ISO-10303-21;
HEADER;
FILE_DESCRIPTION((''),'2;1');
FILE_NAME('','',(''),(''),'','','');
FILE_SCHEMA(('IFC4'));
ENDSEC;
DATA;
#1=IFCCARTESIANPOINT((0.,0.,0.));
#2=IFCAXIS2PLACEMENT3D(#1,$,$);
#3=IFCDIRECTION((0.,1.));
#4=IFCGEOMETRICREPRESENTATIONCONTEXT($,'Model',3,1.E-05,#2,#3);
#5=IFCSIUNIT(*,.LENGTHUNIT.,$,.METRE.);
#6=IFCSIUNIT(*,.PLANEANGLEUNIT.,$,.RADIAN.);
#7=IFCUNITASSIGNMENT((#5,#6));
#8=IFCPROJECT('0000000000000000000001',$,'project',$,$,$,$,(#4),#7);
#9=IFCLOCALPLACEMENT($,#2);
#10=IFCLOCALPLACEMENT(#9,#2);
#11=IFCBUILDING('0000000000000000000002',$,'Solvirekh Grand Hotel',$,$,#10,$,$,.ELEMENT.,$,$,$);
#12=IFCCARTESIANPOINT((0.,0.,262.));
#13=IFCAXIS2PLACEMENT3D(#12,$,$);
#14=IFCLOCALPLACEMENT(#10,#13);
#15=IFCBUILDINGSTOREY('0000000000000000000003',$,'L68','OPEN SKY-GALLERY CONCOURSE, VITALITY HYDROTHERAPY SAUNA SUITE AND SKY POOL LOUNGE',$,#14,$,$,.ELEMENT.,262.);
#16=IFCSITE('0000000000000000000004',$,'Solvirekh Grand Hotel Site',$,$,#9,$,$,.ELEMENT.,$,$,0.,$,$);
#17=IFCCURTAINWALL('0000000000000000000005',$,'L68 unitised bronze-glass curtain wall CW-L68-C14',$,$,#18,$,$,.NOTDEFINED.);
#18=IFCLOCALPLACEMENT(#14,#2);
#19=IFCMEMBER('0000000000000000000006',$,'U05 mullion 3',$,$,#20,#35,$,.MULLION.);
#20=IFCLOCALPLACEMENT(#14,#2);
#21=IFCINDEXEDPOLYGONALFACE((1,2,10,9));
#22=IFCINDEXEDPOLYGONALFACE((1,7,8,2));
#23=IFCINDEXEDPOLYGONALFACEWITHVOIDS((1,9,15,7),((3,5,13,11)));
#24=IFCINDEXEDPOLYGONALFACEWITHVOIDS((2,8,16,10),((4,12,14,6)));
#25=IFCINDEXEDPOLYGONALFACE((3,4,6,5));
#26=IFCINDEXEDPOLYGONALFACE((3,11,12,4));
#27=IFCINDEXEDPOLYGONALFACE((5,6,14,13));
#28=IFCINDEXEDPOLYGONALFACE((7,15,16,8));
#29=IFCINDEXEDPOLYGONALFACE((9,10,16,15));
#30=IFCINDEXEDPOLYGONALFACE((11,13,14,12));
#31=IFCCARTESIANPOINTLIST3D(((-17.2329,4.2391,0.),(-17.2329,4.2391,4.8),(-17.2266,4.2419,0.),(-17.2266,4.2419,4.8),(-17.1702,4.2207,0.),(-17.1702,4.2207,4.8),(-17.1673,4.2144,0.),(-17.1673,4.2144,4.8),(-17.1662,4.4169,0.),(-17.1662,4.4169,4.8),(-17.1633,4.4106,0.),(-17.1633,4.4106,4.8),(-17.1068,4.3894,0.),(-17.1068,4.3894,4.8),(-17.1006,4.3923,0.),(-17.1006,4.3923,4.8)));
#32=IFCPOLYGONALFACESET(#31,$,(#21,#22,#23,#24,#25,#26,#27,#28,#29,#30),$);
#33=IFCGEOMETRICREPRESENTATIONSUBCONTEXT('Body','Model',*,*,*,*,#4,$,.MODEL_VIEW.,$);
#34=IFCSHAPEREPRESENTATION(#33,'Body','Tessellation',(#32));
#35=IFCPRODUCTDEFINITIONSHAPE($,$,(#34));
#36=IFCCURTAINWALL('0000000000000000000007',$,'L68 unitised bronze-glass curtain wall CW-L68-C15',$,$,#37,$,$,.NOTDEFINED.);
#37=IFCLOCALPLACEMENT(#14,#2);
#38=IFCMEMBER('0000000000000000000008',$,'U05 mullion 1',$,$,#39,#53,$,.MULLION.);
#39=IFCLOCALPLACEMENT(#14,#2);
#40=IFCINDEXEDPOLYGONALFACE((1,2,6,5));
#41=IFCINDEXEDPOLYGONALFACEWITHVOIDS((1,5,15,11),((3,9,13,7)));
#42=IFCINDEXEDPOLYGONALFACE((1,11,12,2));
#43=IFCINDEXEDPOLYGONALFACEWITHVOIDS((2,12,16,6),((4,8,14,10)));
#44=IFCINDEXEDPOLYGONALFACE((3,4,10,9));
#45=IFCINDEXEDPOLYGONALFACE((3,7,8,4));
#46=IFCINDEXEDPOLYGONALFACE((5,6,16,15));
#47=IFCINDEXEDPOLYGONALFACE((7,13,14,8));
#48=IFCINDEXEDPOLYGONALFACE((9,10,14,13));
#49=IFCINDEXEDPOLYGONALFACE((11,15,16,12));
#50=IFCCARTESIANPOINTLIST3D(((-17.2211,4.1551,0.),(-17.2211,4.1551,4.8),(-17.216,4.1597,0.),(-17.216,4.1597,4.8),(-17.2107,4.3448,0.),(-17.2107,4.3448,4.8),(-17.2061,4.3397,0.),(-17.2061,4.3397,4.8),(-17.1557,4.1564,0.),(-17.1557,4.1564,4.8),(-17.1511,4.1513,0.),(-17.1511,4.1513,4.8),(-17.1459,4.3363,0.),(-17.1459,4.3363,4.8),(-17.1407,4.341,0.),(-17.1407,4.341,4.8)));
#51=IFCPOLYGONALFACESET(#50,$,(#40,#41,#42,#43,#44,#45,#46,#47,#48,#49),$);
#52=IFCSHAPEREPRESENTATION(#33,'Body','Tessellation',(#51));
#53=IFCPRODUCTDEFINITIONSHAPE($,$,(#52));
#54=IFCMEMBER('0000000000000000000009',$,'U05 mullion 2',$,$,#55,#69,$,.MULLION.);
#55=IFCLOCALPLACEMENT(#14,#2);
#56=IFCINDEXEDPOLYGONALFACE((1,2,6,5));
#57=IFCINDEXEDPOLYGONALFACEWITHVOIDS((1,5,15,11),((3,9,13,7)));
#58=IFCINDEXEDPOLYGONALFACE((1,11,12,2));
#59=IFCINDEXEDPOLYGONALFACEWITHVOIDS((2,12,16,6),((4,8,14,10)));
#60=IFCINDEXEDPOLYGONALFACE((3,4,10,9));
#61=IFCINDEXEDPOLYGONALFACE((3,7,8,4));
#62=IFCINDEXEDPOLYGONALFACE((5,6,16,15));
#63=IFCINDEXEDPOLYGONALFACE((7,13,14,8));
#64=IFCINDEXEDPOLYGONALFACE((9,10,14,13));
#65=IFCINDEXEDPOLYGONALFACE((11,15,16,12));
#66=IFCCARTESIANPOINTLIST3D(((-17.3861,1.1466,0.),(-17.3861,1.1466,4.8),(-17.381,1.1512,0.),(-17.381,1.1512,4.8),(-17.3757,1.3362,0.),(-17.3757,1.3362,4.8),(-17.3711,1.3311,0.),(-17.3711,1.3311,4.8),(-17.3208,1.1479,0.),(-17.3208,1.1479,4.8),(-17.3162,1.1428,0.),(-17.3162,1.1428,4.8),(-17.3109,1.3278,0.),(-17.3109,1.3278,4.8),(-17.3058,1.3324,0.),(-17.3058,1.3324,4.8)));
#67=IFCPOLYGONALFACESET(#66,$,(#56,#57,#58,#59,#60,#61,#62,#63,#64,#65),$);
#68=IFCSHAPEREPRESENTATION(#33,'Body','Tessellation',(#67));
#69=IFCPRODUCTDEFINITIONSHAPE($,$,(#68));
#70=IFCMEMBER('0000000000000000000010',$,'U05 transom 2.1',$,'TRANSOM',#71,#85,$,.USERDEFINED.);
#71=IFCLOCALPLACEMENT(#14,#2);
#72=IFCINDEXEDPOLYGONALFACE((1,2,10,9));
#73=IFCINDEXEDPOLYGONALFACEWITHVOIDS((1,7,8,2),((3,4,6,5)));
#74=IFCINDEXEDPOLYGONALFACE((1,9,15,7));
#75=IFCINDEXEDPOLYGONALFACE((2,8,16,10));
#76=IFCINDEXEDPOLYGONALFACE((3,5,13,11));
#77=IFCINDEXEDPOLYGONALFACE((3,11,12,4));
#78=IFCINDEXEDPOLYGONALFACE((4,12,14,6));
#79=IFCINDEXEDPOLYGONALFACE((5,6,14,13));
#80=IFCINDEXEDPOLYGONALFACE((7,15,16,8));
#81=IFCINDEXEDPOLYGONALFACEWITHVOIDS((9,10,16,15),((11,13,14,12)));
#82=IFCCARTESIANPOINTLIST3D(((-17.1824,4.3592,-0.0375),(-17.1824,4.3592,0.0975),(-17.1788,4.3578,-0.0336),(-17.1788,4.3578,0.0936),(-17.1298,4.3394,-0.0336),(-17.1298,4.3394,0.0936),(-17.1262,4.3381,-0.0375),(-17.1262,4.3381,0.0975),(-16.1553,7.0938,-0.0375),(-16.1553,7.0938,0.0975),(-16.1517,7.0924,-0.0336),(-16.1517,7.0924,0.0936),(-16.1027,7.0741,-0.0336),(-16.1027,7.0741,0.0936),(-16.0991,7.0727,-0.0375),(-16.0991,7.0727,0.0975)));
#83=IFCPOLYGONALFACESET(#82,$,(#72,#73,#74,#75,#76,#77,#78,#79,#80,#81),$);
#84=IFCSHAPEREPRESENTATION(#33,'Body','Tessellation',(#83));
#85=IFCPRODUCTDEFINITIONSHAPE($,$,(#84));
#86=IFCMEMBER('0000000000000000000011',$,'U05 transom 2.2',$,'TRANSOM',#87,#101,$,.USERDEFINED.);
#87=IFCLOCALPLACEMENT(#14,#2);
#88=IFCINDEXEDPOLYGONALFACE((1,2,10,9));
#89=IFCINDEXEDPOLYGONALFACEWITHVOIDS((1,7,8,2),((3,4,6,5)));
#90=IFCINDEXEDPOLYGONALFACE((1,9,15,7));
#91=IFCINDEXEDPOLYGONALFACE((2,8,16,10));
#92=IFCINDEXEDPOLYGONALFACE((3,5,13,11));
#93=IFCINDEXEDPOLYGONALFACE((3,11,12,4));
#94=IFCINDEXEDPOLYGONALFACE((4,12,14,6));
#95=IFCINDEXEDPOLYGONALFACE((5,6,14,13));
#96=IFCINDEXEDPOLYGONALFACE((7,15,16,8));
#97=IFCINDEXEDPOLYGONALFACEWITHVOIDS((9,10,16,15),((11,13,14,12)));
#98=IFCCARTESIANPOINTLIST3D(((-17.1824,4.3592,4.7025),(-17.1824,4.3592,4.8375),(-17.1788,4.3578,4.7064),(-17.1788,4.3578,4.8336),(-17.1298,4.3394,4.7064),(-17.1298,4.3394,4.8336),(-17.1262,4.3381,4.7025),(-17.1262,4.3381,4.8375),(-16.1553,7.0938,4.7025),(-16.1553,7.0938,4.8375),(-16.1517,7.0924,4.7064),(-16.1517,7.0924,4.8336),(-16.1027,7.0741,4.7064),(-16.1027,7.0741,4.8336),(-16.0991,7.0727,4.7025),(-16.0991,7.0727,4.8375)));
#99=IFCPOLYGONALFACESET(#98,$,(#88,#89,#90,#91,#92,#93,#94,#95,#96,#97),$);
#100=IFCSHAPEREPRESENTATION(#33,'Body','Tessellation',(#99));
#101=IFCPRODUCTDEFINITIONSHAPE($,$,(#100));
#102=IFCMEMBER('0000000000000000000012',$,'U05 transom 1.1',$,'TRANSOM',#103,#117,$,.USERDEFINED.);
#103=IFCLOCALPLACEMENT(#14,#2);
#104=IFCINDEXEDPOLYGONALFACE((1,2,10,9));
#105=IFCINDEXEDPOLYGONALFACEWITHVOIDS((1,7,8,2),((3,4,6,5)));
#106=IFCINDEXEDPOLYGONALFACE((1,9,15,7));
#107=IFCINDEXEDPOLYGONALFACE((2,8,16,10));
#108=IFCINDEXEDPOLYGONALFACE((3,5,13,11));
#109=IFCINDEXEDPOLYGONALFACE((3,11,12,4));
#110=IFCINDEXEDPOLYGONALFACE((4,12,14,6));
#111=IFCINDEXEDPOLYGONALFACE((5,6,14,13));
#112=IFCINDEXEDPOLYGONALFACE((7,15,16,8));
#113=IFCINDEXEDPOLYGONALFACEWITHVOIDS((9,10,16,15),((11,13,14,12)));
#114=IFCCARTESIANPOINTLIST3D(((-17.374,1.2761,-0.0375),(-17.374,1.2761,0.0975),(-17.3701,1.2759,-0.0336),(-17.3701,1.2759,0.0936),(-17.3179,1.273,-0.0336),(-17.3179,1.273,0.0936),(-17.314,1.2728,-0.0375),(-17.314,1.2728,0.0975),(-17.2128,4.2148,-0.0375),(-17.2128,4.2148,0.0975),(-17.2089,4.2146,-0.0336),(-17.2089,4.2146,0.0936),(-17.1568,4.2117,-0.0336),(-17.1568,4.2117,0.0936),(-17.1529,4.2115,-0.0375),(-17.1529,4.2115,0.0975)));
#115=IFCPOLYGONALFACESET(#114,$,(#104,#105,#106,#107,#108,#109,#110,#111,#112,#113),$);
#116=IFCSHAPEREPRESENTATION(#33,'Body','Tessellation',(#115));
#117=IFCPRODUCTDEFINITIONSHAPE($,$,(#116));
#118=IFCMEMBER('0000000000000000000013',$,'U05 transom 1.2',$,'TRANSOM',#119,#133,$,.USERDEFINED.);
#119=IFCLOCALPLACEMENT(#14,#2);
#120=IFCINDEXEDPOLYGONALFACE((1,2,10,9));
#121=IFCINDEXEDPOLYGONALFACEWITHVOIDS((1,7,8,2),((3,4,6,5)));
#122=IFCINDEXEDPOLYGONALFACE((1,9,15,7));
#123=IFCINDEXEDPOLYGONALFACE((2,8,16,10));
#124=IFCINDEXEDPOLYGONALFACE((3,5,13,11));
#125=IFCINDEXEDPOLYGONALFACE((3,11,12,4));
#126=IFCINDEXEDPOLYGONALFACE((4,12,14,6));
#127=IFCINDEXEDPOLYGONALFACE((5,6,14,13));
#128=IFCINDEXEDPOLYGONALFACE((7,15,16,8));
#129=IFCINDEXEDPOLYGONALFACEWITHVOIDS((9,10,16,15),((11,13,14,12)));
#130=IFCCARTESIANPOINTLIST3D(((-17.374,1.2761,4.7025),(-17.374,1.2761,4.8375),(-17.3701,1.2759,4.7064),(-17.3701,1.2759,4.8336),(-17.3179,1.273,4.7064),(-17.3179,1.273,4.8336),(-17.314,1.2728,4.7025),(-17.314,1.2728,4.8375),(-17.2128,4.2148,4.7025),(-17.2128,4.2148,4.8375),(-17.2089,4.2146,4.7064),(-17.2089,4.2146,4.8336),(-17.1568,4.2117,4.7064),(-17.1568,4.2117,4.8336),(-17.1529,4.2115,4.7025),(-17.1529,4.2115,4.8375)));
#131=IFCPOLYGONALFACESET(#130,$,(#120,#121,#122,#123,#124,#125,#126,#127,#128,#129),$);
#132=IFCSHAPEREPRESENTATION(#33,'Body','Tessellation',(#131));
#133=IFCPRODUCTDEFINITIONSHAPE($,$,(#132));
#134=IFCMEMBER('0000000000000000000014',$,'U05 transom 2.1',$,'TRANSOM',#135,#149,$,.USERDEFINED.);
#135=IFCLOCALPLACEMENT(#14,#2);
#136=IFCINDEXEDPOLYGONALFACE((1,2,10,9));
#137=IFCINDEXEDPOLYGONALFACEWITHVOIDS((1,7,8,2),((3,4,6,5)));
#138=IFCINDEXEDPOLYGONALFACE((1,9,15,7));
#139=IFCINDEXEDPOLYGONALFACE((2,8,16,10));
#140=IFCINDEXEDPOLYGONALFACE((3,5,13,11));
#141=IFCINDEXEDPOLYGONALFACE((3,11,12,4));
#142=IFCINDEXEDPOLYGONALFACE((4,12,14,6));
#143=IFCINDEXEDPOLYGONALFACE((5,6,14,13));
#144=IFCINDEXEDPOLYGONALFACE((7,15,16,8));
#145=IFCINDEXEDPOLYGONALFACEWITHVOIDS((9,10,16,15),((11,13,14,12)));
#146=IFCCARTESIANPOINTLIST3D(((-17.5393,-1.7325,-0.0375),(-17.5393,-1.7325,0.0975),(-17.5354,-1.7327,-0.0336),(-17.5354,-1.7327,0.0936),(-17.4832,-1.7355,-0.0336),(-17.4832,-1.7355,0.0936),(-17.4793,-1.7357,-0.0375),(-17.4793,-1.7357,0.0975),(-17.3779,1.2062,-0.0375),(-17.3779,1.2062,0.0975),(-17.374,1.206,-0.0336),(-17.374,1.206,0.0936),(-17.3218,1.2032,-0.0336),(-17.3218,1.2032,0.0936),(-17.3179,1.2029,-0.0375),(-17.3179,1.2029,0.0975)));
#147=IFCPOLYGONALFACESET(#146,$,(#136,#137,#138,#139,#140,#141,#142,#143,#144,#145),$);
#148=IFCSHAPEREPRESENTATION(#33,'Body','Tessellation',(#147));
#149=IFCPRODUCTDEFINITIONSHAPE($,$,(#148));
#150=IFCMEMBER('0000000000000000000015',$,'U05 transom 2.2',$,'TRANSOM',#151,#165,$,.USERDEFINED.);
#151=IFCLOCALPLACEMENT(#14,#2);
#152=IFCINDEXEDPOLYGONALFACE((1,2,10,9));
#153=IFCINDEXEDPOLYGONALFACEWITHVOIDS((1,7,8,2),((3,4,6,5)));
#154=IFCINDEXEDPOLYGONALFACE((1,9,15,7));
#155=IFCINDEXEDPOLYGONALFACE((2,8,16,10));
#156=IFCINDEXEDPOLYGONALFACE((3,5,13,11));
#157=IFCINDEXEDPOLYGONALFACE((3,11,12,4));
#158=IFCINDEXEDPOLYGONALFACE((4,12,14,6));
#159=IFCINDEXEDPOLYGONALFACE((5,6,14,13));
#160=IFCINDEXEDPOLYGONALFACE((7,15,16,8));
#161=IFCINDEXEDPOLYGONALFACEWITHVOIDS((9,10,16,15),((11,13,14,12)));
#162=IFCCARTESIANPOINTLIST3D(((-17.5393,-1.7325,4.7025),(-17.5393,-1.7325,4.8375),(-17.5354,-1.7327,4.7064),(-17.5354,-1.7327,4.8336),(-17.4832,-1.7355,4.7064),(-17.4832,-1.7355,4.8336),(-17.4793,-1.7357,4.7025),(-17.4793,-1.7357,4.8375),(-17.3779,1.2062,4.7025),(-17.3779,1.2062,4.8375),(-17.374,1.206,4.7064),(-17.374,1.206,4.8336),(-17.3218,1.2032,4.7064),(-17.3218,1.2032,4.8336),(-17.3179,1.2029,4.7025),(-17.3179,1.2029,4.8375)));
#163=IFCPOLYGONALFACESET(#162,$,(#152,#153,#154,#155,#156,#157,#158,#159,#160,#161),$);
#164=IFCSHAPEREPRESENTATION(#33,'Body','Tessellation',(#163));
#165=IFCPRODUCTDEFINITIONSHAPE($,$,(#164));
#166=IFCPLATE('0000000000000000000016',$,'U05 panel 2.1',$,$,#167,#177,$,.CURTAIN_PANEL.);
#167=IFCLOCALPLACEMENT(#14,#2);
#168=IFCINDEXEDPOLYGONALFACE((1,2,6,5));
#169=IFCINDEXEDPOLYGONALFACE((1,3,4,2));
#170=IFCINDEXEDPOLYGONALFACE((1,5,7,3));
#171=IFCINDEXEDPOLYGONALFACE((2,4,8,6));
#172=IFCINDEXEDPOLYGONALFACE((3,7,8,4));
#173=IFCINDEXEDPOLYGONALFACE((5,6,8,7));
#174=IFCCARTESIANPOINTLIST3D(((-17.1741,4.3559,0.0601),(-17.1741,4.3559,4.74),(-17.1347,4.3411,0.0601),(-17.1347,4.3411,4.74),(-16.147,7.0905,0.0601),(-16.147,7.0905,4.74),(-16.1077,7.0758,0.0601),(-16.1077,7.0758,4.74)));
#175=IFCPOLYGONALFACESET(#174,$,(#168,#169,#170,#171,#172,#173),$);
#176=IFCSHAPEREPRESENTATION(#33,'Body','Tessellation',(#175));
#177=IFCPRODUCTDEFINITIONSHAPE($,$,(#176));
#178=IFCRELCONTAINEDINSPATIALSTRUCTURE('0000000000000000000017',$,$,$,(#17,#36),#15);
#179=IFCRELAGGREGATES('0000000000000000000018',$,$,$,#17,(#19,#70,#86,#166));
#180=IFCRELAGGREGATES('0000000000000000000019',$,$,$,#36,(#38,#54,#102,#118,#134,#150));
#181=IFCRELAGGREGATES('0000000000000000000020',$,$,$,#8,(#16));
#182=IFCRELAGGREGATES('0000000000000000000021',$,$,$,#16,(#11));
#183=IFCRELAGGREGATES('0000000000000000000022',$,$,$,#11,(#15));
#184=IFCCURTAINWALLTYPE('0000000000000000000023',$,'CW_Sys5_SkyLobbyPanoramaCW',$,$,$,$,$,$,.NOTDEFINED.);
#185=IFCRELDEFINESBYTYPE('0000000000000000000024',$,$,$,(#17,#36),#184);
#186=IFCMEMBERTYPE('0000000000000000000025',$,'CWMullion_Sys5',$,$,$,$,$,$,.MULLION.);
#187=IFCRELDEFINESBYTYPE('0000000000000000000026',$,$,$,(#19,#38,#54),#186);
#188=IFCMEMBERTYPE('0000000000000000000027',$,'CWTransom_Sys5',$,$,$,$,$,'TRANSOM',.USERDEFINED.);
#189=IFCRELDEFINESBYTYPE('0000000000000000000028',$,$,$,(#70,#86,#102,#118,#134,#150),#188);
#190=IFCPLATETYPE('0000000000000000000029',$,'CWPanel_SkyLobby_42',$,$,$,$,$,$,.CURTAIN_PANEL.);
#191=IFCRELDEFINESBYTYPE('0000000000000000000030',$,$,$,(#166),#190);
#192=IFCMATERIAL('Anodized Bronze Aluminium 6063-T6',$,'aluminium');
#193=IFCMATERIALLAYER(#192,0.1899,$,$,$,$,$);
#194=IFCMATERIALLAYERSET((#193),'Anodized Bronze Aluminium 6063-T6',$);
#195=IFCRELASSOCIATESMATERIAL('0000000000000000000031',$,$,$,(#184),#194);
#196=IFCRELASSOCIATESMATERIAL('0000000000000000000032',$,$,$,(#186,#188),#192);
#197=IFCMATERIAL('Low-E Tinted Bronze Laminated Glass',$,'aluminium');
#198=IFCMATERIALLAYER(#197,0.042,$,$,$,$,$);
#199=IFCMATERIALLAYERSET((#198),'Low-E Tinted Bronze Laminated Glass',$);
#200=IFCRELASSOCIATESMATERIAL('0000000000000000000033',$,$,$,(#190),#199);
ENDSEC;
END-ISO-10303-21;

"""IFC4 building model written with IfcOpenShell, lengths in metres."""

from ifc_helpers import new_model, si_unit, direction, frame, origin, origin_2d, place, context, subcontext, project, spatial, rectangle, hollow_rectangle, extrude, source, transform, mapped, material, layer, layer_set, material_profile, profile_set, type_object, element, aggregate, save


model = new_model("IFC4")

# Units and contexts
model_context = context("Model", 3, precision=1e-05, world=origin(), true_north=direction((0.0, 1.0)))
body_context = subcontext(model_context, "Body", "Model", "MODEL_VIEW")
ifc_project = project(units=[si_unit("LENGTHUNIT", "METRE"), si_unit("PLANEANGLEUNIT", "RADIAN")], contexts=[model_context])

# Site, building, storey
site_placement = place(None, origin())
site = spatial("IfcSite", under=ifc_project, at=site_placement, Name="Solvirekh Grand Hotel Site", CompositionType="ELEMENT", RefElevation=0.0)
building_placement = place(site_placement, origin())
building = spatial("IfcBuilding", under=site, at=building_placement, Name="Solvirekh Grand Hotel", CompositionType="ELEMENT")
storey_placement = place(building_placement, frame((0.0, 0.0, 262.0)))
storey = spatial("IfcBuildingStorey", under=building, at=storey_placement, Name="L68", Description="OPEN SKY-GALLERY CONCOURSE, VITALITY HYDROTHERAPY SAUNA SUITE AND SKY POOL LOUNGE", CompositionType="ELEMENT", Elevation=262.0)

# Curtain wall, member
ifc_material_1 = material(Name="Anodized Bronze Aluminium 6063-T6", Category="aluminium")
ifc_layer_1 = layer(ifc_material_1, 0.1899)
ifc_layer_set_1 = layer_set([ifc_layer_1], Name="Anodized Bronze Aluminium 6063-T6")
curtain_wall_type = type_object("IfcCurtainWallType", Name="CW_Sys5_SkyLobbyPanoramaCW", PredefinedType="NOTDEFINED", material=ifc_layer_set_1)
curtain_wall_1_placement = place(storey_placement, origin())
curtain_wall_1 = element("IfcCurtainWall", 1, at=curtain_wall_1_placement, inside=storey, type_object=curtain_wall_type, Name="L68 unitised bronze-glass curtain wall CW-L68-C14", PredefinedType="NOTDEFINED")
ifc_material_profile_1 = material_profile(ifc_material_1, hollow_rectangle(XDim=0.0701, YDim=0.1899, WallThickness=0.0049, at=origin_2d()), Name="ALU RHS 190X70X5")
ifc_profile_set_1 = profile_set([ifc_material_profile_1], Name="Anodized Bronze Aluminium 6063-T6")
member_type_1 = type_object("IfcMemberType", Name="CWMullion_Sys5", PredefinedType="MULLION", material=ifc_profile_set_1)
shared_shape_1 = source(origin(), body_context, "Body", "SweptSolid", [
    extrude(hollow_rectangle(XDim=0.0701, YDim=0.1899, WallThickness=0.0049, at=origin_2d()), origin(), (0.0, 0.0, 1.0), 4.8),
])
member_1_placement = place(storey_placement, frame((-17.1667, 4.3157, 0.0), z_axis=(0.0, 0.0, 1.0), x_axis=(0.936153, -0.351594, 0.0)))
member_1 = element("IfcMember", 2, at=member_1_placement, type_object=member_type_1, Name="U05 mullion 3", PredefinedType="MULLION", context=body_context, shape_type="MappedRepresentation", body=[
    mapped(shared_shape_1, transform((0.0, 0.0, 0.0), x_axis=(1.0, 0.0, 0.0), y_axis=(0.0, 1.0, 0.0), z_axis=(0.0, 0.0, 1.0), scale=1.0)),
])

# Curtain wall, members
curtain_wall_2_placement = place(storey_placement, origin())
curtain_wall_2 = element("IfcCurtainWall", 3, at=curtain_wall_2_placement, inside=storey, type_object=curtain_wall_type, Name="L68 unitised bronze-glass curtain wall CW-L68-C15", PredefinedType="NOTDEFINED")
member_2_placement = place(storey_placement, frame((-17.1809, 4.248, 0.0), z_axis=(0.0, 0.0, 1.0), x_axis=(0.998498, -0.054789, 0.0)))
member_2 = element("IfcMember", 4, at=member_2_placement, type_object=member_type_1, Name="U05 mullion 1", PredefinedType="MULLION", context=body_context, shape_type="MappedRepresentation", body=[
    mapped(shared_shape_1, transform((0.0, 0.0, 0.0), x_axis=(1.0, 0.0, 0.0), y_axis=(0.0, 1.0, 0.0), z_axis=(0.0, 0.0, 1.0), scale=1.0)),
])
member_3_placement = place(storey_placement, frame((-17.3459, 1.2395, 0.0), z_axis=(0.0, 0.0, 1.0), x_axis=(0.998498, -0.054789, 0.0)))
member_3 = element("IfcMember", 5, at=member_3_placement, type_object=member_type_1, Name="U05 mullion 2", PredefinedType="MULLION", context=body_context, shape_type="MappedRepresentation", body=[
    mapped(shared_shape_1, transform((0.0, 0.0, 0.0), x_axis=(1.0, 0.0, 0.0), y_axis=(0.0, 1.0, 0.0), z_axis=(0.0, 0.0, 1.0), scale=1.0)),
])

# Members
ifc_material_profile_2 = material_profile(ifc_material_1, hollow_rectangle(XDim=0.0601, YDim=0.135, WallThickness=0.0039, at=origin_2d()), Name="ALU RHS 135X60X4")
ifc_profile_set_2 = profile_set([ifc_material_profile_2], Name="Anodized Bronze Aluminium 6063-T6")
member_type_2 = type_object("IfcMemberType", Name="CWTransom_Sys5", ElementType="TRANSOM", PredefinedType="USERDEFINED", material=ifc_profile_set_2)
shared_shape_2 = source(origin(), body_context, "Body", "SweptSolid", [
    extrude(hollow_rectangle(XDim=0.0601, YDim=0.135, WallThickness=0.0039, at=origin_2d()), origin(), (0.0, 0.0, 1.0), 2.9211),
])
member_4_placement = place(storey_placement, frame((-16.1272, 7.0833, 0.03), z_axis=(-0.351609, -0.936147, 0.0), x_axis=(0.936147, -0.351609, 0.0)))
member_4 = element("IfcMember", 6, at=member_4_placement, type_object=member_type_2, Name="U05 transom 2.1", ObjectType="TRANSOM", PredefinedType="USERDEFINED", context=body_context, shape_type="MappedRepresentation", body=[
    mapped(shared_shape_2, transform((0.0, 0.0, 0.0), x_axis=(1.0, 0.0, 0.0), y_axis=(0.0, 1.0, 0.0), z_axis=(0.0, 0.0, 1.0), scale=1.0)),
])
member_5_placement = place(storey_placement, frame((-16.1272, 7.0833, 4.77), z_axis=(-0.351609, -0.936147, 0.0), x_axis=(0.936147, -0.351609, 0.0)))
member_5 = element("IfcMember", 7, at=member_5_placement, type_object=member_type_2, Name="U05 transom 2.2", ObjectType="TRANSOM", PredefinedType="USERDEFINED", context=body_context, shape_type="MappedRepresentation", body=[
    mapped(shared_shape_2, transform((0.0, 0.0, 0.0), x_axis=(1.0, 0.0, 0.0), y_axis=(0.0, 1.0, 0.0), z_axis=(0.0, 0.0, 1.0), scale=1.0)),
])
shared_shape_3 = source(origin(), body_context, "Body", "SweptSolid", [
    extrude(hollow_rectangle(XDim=0.0601, YDim=0.135, WallThickness=0.0039, at=origin_2d()), origin(), (0.0, 0.0, 1.0), 2.9431),
])
member_6_placement = place(storey_placement, frame((-17.1829, 4.2131, 0.03), z_axis=(-0.054749, -0.9985, 0.0), x_axis=(0.9985, -0.054749, 0.0)))
member_6 = element("IfcMember", 8, at=member_6_placement, type_object=member_type_2, Name="U05 transom 1.1", ObjectType="TRANSOM", PredefinedType="USERDEFINED", context=body_context, shape_type="MappedRepresentation", body=[
    mapped(shared_shape_3, transform((0.0, 0.0, 0.0), x_axis=(1.0, 0.0, 0.0), y_axis=(0.0, 1.0, 0.0), z_axis=(0.0, 0.0, 1.0), scale=1.0)),
])
member_7_placement = place(storey_placement, frame((-17.1829, 4.2131, 4.77), z_axis=(-0.054749, -0.9985, 0.0), x_axis=(0.9985, -0.054749, 0.0)))
member_7 = element("IfcMember", 9, at=member_7_placement, type_object=member_type_2, Name="U05 transom 1.2", ObjectType="TRANSOM", PredefinedType="USERDEFINED", context=body_context, shape_type="MappedRepresentation", body=[
    mapped(shared_shape_3, transform((0.0, 0.0, 0.0), x_axis=(1.0, 0.0, 0.0), y_axis=(0.0, 1.0, 0.0), z_axis=(0.0, 0.0, 1.0), scale=1.0)),
])
member_8_placement = place(storey_placement, frame((-17.3479, 1.2046, 0.03), z_axis=(-0.054831, -0.998496, 0.0), x_axis=(0.998496, -0.054831, 0.0)))
member_8 = element("IfcMember", 10, at=member_8_placement, type_object=member_type_2, Name="U05 transom 2.1", ObjectType="TRANSOM", PredefinedType="USERDEFINED", context=body_context, shape_type="MappedRepresentation", body=[
    mapped(shared_shape_3, transform((0.0, 0.0, 0.0), x_axis=(1.0, 0.0, 0.0), y_axis=(0.0, 1.0, 0.0), z_axis=(0.0, 0.0, 1.0), scale=1.0)),
])
member_9_placement = place(storey_placement, frame((-17.3479, 1.2046, 4.77), z_axis=(-0.054831, -0.998496, 0.0), x_axis=(0.998496, -0.054831, 0.0)))
member_9 = element("IfcMember", 11, at=member_9_placement, type_object=member_type_2, Name="U05 transom 2.2", ObjectType="TRANSOM", PredefinedType="USERDEFINED", context=body_context, shape_type="MappedRepresentation", body=[
    mapped(shared_shape_3, transform((0.0, 0.0, 0.0), x_axis=(1.0, 0.0, 0.0), y_axis=(0.0, 1.0, 0.0), z_axis=(0.0, 0.0, 1.0), scale=1.0)),
])

# Plate
ifc_material_2 = material(Name="Low-E Tinted Bronze Laminated Glass", Category="aluminium")
ifc_layer_2 = layer(ifc_material_2, 0.042)
ifc_layer_set_2 = layer_set([ifc_layer_2], Name="Low-E Tinted Bronze Laminated Glass")
plate_type = type_object("IfcPlateType", Name="CWPanel_SkyLobby_42", PredefinedType="CURTAIN_PANEL", material=ifc_layer_set_2)
shared_shape_4 = source(origin(), body_context, "Body", "SweptSolid", [
    extrude(rectangle(XDim=2.9211, YDim=0.042, at=origin_2d()), origin(), (0.0, 0.0, 1.0), 4.6799),
])
plate_1_placement = place(storey_placement, frame((-16.6409, 5.7158, 0.0601), z_axis=(0.0, 0.0, 1.0), x_axis=(-0.351594, -0.936153, 0.0)))
plate_1 = element("IfcPlate", 12, at=plate_1_placement, type_object=plate_type, Name="U05 panel 2.1", PredefinedType="CURTAIN_PANEL", context=body_context, shape_type="MappedRepresentation", body=[
    mapped(shared_shape_4, transform((0.0, 0.0, 0.0), x_axis=(1.0, 0.0, 0.0), y_axis=(0.0, 1.0, 0.0), z_axis=(0.0, 0.0, 1.0), scale=1.0)),
])
aggregate(curtain_wall_1, [member_1, member_4, member_5, plate_1])
aggregate(curtain_wall_2, [member_2, member_3, member_6, member_7, member_8, member_9])

save(model, "model.ifc")
